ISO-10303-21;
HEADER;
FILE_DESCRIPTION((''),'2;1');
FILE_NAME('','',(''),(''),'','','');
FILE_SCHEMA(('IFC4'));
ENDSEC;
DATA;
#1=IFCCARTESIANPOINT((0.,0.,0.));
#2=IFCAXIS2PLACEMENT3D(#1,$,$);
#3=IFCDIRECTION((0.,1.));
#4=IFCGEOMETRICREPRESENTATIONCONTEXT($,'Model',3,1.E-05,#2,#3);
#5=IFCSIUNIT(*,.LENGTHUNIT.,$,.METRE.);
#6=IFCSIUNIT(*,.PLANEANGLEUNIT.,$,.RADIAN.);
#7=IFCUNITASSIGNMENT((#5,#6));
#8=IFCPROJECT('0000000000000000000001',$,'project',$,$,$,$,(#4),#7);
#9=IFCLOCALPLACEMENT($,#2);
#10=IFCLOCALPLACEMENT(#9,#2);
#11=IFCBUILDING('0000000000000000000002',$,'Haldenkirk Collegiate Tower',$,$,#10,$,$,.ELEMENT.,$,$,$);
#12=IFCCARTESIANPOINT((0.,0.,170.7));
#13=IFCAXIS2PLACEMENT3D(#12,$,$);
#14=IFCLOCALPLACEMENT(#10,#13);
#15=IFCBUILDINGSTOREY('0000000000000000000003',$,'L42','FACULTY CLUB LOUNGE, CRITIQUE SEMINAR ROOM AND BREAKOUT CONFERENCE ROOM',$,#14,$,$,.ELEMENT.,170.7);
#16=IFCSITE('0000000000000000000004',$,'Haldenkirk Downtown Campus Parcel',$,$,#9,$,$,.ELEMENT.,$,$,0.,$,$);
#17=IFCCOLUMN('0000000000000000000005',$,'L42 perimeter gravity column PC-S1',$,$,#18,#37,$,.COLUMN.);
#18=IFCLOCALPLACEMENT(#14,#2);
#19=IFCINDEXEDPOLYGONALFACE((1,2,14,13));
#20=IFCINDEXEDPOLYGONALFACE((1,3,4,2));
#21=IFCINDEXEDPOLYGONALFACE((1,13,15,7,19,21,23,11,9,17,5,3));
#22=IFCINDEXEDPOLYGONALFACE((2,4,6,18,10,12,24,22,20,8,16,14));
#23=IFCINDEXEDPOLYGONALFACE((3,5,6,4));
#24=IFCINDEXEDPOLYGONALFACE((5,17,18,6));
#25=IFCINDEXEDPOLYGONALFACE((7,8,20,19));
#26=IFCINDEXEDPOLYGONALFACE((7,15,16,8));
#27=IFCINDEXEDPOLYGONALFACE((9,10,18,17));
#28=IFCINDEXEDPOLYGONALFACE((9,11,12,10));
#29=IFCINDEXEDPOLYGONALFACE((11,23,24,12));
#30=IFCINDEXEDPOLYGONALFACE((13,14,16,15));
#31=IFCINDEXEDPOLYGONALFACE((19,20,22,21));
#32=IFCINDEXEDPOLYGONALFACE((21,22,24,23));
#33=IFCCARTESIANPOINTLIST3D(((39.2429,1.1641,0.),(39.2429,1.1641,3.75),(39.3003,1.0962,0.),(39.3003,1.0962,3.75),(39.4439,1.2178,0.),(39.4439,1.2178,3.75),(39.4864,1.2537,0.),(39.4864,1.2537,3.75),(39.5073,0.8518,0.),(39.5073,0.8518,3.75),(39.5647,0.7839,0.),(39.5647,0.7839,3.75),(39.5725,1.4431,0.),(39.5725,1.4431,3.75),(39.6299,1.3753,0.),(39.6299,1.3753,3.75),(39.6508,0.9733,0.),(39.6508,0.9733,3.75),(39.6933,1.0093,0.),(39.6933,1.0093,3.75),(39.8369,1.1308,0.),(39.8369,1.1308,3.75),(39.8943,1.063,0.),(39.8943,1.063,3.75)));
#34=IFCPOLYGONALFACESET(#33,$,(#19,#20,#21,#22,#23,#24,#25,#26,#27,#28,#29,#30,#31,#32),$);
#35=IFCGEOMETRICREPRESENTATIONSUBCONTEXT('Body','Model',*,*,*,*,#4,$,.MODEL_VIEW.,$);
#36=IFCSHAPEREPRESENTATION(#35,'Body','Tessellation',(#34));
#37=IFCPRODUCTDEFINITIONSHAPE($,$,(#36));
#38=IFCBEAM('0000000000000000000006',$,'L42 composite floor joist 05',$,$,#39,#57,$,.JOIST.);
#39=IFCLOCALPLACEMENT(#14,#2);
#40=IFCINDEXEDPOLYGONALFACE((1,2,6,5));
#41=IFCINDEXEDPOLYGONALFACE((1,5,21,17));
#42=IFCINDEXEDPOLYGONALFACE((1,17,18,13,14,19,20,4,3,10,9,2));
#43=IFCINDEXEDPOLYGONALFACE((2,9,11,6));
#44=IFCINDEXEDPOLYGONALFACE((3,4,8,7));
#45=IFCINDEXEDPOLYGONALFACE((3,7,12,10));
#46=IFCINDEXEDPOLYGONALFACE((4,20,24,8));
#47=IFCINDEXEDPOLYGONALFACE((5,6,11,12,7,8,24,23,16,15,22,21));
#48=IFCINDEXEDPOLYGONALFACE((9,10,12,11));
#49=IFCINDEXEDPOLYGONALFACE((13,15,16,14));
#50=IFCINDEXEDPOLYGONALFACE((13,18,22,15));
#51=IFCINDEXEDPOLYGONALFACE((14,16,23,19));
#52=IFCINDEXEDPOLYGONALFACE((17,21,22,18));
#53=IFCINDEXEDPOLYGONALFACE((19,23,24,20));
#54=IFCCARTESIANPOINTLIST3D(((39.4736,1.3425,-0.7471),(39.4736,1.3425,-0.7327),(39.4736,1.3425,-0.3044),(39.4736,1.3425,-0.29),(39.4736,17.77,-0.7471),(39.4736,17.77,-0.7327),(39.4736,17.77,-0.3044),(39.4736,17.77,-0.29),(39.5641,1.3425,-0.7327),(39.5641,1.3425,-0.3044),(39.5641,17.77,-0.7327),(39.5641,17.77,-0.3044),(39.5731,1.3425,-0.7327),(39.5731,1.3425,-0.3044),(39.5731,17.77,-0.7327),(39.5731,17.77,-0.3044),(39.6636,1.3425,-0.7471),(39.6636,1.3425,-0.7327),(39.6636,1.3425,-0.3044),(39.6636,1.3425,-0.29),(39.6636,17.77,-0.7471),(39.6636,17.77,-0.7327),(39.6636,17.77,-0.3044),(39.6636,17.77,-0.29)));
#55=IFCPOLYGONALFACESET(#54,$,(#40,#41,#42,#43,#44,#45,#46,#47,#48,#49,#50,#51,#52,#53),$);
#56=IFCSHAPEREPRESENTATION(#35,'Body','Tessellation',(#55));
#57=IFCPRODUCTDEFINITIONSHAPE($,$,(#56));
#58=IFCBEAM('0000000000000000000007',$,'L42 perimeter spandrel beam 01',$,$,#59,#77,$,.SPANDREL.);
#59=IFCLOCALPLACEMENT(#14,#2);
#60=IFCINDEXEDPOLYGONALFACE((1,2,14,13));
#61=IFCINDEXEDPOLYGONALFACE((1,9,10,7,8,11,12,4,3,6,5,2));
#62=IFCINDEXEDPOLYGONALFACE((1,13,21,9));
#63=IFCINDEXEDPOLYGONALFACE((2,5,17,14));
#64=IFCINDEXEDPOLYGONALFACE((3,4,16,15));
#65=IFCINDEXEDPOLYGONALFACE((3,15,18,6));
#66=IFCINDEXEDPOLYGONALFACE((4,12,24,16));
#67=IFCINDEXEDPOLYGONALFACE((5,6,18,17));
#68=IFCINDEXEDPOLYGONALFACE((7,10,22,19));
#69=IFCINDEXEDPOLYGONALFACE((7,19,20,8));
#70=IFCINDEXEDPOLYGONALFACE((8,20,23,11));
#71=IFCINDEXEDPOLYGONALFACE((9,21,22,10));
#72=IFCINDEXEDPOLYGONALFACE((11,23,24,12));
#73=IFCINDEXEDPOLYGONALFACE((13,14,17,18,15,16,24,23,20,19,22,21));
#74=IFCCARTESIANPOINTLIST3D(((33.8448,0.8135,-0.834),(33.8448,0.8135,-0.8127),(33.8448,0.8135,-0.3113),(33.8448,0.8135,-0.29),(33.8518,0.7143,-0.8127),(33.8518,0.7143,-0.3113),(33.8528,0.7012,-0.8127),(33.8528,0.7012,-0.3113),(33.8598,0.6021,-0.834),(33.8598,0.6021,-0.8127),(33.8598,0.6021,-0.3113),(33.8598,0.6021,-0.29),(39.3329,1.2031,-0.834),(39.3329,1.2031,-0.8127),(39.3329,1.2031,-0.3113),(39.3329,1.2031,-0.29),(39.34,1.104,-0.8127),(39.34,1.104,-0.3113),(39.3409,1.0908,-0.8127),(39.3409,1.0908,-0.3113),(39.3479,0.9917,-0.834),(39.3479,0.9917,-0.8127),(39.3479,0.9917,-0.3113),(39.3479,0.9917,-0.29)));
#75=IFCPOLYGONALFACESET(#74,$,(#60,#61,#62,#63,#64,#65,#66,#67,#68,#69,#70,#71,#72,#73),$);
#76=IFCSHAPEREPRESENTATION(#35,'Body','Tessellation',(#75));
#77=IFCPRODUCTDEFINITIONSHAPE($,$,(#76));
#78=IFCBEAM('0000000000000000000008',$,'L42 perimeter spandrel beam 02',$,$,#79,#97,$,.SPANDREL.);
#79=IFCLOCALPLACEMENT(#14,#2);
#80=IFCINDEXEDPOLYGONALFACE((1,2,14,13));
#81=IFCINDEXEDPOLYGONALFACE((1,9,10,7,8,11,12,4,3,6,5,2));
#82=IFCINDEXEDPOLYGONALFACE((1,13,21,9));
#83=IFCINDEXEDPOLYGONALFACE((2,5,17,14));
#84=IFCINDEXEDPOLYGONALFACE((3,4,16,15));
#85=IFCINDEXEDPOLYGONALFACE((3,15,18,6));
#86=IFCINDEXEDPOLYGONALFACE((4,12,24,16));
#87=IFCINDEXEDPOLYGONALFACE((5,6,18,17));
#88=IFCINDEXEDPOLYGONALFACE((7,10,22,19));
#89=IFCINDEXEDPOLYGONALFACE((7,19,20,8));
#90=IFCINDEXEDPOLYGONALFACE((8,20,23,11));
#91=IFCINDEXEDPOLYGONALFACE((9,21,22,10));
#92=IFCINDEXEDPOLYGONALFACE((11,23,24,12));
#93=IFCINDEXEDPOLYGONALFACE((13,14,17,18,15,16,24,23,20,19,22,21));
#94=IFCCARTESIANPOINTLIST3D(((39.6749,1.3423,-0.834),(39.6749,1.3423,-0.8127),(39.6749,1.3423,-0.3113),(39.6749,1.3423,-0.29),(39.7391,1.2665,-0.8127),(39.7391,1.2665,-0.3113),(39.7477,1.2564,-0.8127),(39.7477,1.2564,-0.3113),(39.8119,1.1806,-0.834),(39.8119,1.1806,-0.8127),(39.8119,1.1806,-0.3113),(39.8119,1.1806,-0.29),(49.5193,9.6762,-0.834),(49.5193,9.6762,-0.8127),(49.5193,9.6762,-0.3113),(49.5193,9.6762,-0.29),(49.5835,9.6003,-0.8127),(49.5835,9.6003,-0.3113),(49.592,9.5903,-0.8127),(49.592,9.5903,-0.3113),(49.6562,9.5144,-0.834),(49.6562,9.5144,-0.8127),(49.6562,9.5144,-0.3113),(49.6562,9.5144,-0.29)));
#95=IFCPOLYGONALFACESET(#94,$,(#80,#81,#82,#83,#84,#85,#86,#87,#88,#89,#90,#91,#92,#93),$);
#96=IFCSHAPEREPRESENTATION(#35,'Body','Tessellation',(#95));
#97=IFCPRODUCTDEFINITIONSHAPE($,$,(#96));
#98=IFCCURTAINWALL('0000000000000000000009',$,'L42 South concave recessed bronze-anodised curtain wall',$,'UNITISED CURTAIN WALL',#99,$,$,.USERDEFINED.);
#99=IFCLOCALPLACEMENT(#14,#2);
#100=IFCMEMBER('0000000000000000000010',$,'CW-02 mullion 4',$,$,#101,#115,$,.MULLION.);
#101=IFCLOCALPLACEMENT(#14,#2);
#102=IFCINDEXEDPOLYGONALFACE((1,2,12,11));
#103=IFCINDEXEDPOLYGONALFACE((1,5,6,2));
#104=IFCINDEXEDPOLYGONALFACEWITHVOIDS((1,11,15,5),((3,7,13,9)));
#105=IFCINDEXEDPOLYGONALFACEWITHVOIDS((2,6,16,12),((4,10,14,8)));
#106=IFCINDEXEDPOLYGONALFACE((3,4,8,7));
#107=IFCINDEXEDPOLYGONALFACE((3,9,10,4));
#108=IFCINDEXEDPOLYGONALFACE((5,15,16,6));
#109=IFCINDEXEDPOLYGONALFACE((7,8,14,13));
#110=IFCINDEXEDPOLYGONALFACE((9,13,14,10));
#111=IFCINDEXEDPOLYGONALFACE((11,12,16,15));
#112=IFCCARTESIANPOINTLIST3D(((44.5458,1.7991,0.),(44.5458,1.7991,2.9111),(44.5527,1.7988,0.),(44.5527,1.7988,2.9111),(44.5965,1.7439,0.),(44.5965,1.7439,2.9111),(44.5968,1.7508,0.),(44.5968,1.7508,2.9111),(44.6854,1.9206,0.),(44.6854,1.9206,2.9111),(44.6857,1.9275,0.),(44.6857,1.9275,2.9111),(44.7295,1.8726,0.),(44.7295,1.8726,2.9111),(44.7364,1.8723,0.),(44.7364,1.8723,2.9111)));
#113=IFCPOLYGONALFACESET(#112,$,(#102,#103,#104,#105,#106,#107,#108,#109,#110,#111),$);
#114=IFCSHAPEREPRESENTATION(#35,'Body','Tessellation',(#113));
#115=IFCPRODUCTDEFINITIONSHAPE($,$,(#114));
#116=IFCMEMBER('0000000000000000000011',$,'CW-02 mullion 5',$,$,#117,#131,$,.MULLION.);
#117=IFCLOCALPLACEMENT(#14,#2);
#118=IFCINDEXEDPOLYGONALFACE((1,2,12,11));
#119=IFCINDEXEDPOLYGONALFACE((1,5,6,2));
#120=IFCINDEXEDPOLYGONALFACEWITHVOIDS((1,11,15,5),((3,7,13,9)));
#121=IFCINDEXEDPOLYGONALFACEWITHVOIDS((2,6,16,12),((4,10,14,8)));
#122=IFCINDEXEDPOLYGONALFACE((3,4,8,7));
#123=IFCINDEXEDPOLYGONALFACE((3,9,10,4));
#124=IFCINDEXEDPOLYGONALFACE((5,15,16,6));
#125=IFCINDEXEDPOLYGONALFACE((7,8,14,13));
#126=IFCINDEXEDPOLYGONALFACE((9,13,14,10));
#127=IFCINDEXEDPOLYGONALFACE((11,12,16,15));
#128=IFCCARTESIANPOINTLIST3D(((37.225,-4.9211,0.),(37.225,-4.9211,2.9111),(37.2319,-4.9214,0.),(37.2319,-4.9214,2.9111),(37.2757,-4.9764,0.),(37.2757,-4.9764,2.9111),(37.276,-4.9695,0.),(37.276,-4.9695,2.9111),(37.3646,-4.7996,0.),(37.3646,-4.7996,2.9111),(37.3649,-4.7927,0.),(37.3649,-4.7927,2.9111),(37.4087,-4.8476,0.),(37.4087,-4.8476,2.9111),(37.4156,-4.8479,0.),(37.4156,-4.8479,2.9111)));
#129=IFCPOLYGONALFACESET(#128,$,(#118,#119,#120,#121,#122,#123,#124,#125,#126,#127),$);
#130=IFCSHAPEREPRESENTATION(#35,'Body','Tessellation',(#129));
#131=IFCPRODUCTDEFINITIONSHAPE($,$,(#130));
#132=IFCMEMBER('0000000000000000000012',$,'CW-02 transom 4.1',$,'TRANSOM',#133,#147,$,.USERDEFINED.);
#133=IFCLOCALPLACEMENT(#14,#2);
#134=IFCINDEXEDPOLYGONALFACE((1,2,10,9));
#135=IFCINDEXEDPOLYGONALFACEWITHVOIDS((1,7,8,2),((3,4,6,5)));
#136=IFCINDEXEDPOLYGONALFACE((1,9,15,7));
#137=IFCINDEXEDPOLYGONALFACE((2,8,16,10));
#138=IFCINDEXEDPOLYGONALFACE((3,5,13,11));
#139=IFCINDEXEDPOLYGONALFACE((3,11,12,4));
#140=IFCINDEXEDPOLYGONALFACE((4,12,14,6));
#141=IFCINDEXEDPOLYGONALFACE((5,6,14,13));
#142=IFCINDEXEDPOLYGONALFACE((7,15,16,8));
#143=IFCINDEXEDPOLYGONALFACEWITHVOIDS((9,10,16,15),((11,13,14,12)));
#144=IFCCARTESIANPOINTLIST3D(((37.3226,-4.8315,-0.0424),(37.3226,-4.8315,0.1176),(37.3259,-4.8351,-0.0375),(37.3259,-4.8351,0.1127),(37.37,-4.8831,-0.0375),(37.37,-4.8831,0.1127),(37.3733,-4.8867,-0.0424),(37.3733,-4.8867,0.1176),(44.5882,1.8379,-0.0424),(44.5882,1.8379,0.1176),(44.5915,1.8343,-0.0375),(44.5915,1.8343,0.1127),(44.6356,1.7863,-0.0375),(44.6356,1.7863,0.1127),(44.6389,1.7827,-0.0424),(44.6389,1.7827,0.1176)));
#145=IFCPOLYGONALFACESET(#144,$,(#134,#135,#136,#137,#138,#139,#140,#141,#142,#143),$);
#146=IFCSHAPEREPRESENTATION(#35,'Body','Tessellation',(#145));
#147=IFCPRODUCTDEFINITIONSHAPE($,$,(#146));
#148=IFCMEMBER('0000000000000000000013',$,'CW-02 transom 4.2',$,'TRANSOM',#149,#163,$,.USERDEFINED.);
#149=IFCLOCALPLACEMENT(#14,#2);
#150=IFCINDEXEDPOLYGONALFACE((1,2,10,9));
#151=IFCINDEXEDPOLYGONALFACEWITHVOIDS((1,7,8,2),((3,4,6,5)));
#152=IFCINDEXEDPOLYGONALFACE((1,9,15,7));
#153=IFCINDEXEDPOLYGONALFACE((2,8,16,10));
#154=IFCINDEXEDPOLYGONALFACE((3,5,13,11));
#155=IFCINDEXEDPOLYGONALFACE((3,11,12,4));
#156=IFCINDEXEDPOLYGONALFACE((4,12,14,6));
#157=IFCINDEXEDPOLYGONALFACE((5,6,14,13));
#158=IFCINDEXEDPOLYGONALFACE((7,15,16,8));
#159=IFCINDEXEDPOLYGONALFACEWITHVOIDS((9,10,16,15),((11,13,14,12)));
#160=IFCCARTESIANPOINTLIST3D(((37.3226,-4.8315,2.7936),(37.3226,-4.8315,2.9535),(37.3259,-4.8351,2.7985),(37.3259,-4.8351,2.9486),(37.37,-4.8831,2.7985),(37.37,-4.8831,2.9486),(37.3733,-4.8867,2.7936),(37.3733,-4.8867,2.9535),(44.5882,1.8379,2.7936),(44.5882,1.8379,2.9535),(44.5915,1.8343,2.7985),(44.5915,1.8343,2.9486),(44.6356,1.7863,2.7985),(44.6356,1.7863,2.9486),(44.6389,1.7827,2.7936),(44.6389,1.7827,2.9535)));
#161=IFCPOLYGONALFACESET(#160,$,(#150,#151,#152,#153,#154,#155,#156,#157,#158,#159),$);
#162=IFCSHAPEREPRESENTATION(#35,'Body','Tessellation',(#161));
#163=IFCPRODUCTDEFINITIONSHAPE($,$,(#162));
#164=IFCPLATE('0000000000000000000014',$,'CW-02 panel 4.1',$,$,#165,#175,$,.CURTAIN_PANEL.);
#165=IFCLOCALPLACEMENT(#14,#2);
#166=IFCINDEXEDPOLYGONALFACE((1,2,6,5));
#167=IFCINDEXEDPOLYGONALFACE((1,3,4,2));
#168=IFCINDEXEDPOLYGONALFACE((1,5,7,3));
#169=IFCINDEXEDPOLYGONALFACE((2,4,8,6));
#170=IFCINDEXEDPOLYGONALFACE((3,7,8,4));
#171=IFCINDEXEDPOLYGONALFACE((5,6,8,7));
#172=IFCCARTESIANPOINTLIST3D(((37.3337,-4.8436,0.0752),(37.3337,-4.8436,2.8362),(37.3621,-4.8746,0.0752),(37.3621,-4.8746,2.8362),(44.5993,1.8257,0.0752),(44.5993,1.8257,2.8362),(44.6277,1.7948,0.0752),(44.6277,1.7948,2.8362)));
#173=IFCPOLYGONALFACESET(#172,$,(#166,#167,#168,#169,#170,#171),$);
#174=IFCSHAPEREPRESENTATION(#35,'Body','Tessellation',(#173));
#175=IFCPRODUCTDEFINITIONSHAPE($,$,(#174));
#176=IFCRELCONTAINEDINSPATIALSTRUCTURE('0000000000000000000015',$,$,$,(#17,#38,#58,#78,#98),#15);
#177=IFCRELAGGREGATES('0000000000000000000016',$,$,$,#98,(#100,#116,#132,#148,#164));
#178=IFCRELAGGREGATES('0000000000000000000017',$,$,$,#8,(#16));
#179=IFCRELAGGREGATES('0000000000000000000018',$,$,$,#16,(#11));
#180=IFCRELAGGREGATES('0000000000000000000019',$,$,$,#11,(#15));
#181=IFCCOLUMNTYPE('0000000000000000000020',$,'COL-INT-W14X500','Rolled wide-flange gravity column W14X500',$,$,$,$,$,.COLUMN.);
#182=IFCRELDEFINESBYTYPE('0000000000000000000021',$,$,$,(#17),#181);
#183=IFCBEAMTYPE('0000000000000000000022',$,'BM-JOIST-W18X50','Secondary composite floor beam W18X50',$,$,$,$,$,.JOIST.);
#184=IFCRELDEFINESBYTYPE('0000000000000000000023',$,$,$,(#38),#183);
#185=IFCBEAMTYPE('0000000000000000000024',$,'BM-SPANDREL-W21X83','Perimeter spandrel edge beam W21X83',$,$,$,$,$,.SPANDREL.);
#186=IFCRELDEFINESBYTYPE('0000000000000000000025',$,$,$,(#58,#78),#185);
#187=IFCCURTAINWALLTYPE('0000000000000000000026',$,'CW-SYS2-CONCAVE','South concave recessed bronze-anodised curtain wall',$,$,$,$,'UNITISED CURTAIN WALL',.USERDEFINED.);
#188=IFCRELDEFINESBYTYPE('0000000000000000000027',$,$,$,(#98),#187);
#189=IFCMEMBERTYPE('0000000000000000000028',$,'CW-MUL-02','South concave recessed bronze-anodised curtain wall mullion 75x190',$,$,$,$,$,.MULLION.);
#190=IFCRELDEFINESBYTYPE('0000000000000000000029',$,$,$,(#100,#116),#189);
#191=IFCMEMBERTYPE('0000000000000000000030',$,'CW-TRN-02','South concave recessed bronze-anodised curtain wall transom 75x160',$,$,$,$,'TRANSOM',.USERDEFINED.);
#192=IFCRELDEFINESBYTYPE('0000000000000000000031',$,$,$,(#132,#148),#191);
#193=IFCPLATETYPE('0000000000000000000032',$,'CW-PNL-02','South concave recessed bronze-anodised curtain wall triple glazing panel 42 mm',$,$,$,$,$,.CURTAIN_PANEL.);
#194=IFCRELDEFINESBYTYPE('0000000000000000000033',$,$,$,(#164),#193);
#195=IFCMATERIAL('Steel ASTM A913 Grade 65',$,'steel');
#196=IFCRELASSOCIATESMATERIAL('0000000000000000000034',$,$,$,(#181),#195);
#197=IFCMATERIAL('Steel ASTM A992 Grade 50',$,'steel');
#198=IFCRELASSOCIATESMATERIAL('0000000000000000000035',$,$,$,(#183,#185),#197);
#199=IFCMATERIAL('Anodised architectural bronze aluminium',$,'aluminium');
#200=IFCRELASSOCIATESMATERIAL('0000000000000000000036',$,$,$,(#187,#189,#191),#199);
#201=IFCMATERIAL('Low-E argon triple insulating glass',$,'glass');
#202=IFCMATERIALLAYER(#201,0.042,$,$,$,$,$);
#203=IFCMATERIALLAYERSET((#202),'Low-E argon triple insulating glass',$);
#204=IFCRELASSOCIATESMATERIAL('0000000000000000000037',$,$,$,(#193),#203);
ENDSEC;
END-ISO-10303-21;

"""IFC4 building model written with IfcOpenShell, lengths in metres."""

from ifc_helpers import new_model, si_unit, direction, frame, origin, origin_2d, place, context, subcontext, project, spatial, rectangle, hollow_rectangle, i_section, extrude, source, transform, mapped, material, layer, layer_set, material_profile, profile_set, type_object, element, aggregate, save


model = new_model("IFC4")

# Units and contexts
model_context = context("Model", 3, precision=1e-05, world=origin(), true_north=direction((0.0, 1.0)))
body_context = subcontext(model_context, "Body", "Model", "MODEL_VIEW")
ifc_project = project(units=[si_unit("LENGTHUNIT", "METRE"), si_unit("PLANEANGLEUNIT", "RADIAN")], contexts=[model_context])

# Site, building, storey
site_placement = place(None, origin())
site = spatial("IfcSite", under=ifc_project, at=site_placement, Name="Haldenkirk Downtown Campus Parcel", CompositionType="ELEMENT", RefElevation=0.0)
building_placement = place(site_placement, origin())
building = spatial("IfcBuilding", under=site, at=building_placement, Name="Haldenkirk Collegiate Tower", CompositionType="ELEMENT")
storey_placement = place(building_placement, frame((0.0, 0.0, 170.7)))
storey = spatial("IfcBuildingStorey", under=building, at=storey_placement, Name="L42", Description="FACULTY CLUB LOUNGE, CRITIQUE SEMINAR ROOM AND BREAKOUT CONFERENCE ROOM", CompositionType="ELEMENT", Elevation=170.7)

# Column
ifc_material_1 = material(Name="Steel ASTM A913 Grade 65", Category="steel")
ifc_material_profile_1 = material_profile(ifc_material_1, i_section(OverallWidth=0.4319, OverallDepth=0.498, WebThickness=0.0557, FlangeThickness=0.0889, at=origin_2d()), Name="W14X500")
ifc_profile_set_1 = profile_set([ifc_material_profile_1], Name="Steel ASTM A913 Grade 65")
column_type = type_object("IfcColumnType", Name="COL-INT-W14X500", Description="Rolled wide-flange gravity column W14X500", PredefinedType="COLUMN", material=ifc_profile_set_1)
column_placement = place(storey_placement, frame((39.5686, 1.1135, 0.0), z_axis=(0.0, 0.0, 1.0), x_axis=(0.763232, 0.646124, 0.0)))
element("IfcColumn", 1, at=column_placement, inside=storey, type_object=column_type, Name="L42 perimeter gravity column PC-S1", PredefinedType="COLUMN", context=body_context, shape_type="SweptSolid", body=[
    extrude(i_section(OverallWidth=0.4319, OverallDepth=0.498, WebThickness=0.0557, FlangeThickness=0.0889, at=origin_2d()), origin(), (0.0, 0.0, 1.0), 3.75),
])

# Beams
ifc_material_2 = material(Name="Steel ASTM A992 Grade 50", Category="steel")
ifc_material_profile_2 = material_profile(ifc_material_2, i_section(OverallWidth=0.1899, OverallDepth=0.457, WebThickness=0.009, FlangeThickness=0.0144, at=origin_2d()), Name="W18X50")
ifc_profile_set_2 = profile_set([ifc_material_profile_2], Name="Steel ASTM A992 Grade 50")
beam_type_1 = type_object("IfcBeamType", Name="BM-JOIST-W18X50", Description="Secondary composite floor beam W18X50", PredefinedType="JOIST", material=ifc_profile_set_2)
beam_1_placement = place(storey_placement, frame((39.5686, 1.3425, -0.5186), z_axis=(0.0, 1.0, 0.0), x_axis=(-1.0, 0.0, 0.0)))
element("IfcBeam", 2, at=beam_1_placement, inside=storey, type_object=beam_type_1, Name="L42 composite floor joist 05", PredefinedType="JOIST", context=body_context, shape_type="SweptSolid", body=[
    extrude(i_section(OverallWidth=0.1899, OverallDepth=0.457, WebThickness=0.009, FlangeThickness=0.0144, at=origin_2d()), origin(), (0.0, 0.0, 1.0), 16.4275),
])
ifc_material_profile_3 = material_profile(ifc_material_2, i_section(OverallWidth=0.2119, OverallDepth=0.5439, WebThickness=0.0132, FlangeThickness=0.0212, at=origin_2d()), Name="W21X83")
ifc_profile_set_3 = profile_set([ifc_material_profile_3], Name="Steel ASTM A992 Grade 50")
beam_type_2 = type_object("IfcBeamType", Name="BM-SPANDREL-W21X83", Description="Perimeter spandrel edge beam W21X83", PredefinedType="SPANDREL", material=ifc_profile_set_3)
beam_2_placement = place(storey_placement, frame((33.8523, 0.7078, -0.562), z_axis=(0.997489, 0.070821, 0.0), x_axis=(-0.070821, 0.997489, 0.0)))
element("IfcBeam", 3, at=beam_2_placement, inside=storey, type_object=beam_type_2, Name="L42 perimeter spandrel beam 01", PredefinedType="SPANDREL", context=body_context, shape_type="SweptSolid", body=[
    extrude(i_section(OverallWidth=0.2119, OverallDepth=0.5439, WebThickness=0.0132, FlangeThickness=0.0212, at=origin_2d()), origin(), (0.0, 0.0, 1.0), 5.502),
])
beam_3_placement = place(storey_placement, frame((39.7434, 1.2615, -0.562), z_axis=(0.763233, 0.646123, 0.0), x_axis=(-0.646123, 0.763233, 0.0)))
element("IfcBeam", 4, at=beam_3_placement, inside=storey, type_object=beam_type_2, Name="L42 perimeter spandrel beam 02", PredefinedType="SPANDREL", context=body_context, shape_type="SweptSolid", body=[
    extrude(i_section(OverallWidth=0.2119, OverallDepth=0.5439, WebThickness=0.0132, FlangeThickness=0.0212, at=origin_2d()), origin(), (0.0, 0.0, 1.0), 12.8982),
])

# Curtain wall, members, plate
ifc_material_3 = material(Name="Anodised architectural bronze aluminium", Category="aluminium")
curtain_wall_type = type_object("IfcCurtainWallType", Name="CW-SYS2-CONCAVE", Description="South concave recessed bronze-anodised curtain wall", ElementType="UNITISED CURTAIN WALL", PredefinedType="USERDEFINED", material=ifc_material_3)
curtain_wall_placement = place(storey_placement, origin())
curtain_wall = element("IfcCurtainWall", 5, at=curtain_wall_placement, inside=storey, type_object=curtain_wall_type, Name="L42 South concave recessed bronze-anodised curtain wall", ObjectType="UNITISED CURTAIN WALL", PredefinedType="USERDEFINED")
ifc_material_profile_4 = material_profile(ifc_material_3, hollow_rectangle(XDim=0.075, YDim=0.1899, WallThickness=0.0049, at=origin_2d()), Name="CW-MUL-02")
ifc_profile_set_4 = profile_set([ifc_material_profile_4], Name="Anodised architectural bronze aluminium")
member_type_1 = type_object("IfcMemberType", Name="CW-MUL-02", Description="South concave recessed bronze-anodised curtain wall mullion 75x190", PredefinedType="MULLION", material=ifc_profile_set_4)
member_1_placement = place(storey_placement, frame((44.6411, 1.8357, 0.0), z_axis=(0.0, 0.0, 1.0), x_axis=(0.676232, -0.736688, 0.0)))
member_1 = element("IfcMember", 6, at=member_1_placement, type_object=member_type_1, Name="CW-02 mullion 4", PredefinedType="MULLION", context=body_context, shape_type="SweptSolid", body=[
    extrude(hollow_rectangle(XDim=0.075, YDim=0.1899, WallThickness=0.0049, at=origin_2d()), origin(), (0.0, 0.0, 1.0), 2.9111),
])
member_2_placement = place(storey_placement, frame((37.3203, -4.8845, 0.0), z_axis=(0.0, 0.0, 1.0), x_axis=(0.676232, -0.736688, 0.0)))
member_2 = element("IfcMember", 7, at=member_2_placement, type_object=member_type_1, Name="CW-02 mullion 5", PredefinedType="MULLION", context=body_context, shape_type="SweptSolid", body=[
    extrude(hollow_rectangle(XDim=0.075, YDim=0.1899, WallThickness=0.0049, at=origin_2d()), origin(), (0.0, 0.0, 1.0), 2.9111),
])
ifc_material_profile_5 = material_profile(ifc_material_3, hollow_rectangle(XDim=0.075, YDim=0.1599, WallThickness=0.0049, at=origin_2d()), Name="CW-TRN-02")
ifc_profile_set_5 = profile_set([ifc_material_profile_5], Name="Anodised architectural bronze aluminium")
member_type_2 = type_object("IfcMemberType", Name="CW-TRN-02", Description="South concave recessed bronze-anodised curtain wall transom 75x160", ElementType="TRANSOM", PredefinedType="USERDEFINED", material=ifc_profile_set_5)
member_3_placement = place(storey_placement, frame((44.6135, 1.8103, 0.0376), z_axis=(-0.736685, -0.676236, 0.0), x_axis=(0.676236, -0.736685, 0.0)))
member_3 = element("IfcMember", 8, at=member_3_placement, type_object=member_type_2, Name="CW-02 transom 4.1", ObjectType="TRANSOM", PredefinedType="USERDEFINED", context=body_context, shape_type="SweptSolid", body=[
    extrude(hollow_rectangle(XDim=0.075, YDim=0.1599, WallThickness=0.0049, at=origin_2d()), origin(), (0.0, 0.0, 1.0), 9.8625),
])
member_4_placement = place(storey_placement, frame((44.6135, 1.8103, 2.8735), z_axis=(-0.736685, -0.676236, 0.0), x_axis=(0.676236, -0.736685, 0.0)))
member_4 = element("IfcMember", 9, at=member_4_placement, type_object=member_type_2, Name="CW-02 transom 4.2", ObjectType="TRANSOM", PredefinedType="USERDEFINED", context=body_context, shape_type="SweptSolid", body=[
    extrude(hollow_rectangle(XDim=0.075, YDim=0.1599, WallThickness=0.0049, at=origin_2d()), origin(), (0.0, 0.0, 1.0), 9.8625),
])
ifc_material_4 = material(Name="Low-E argon triple insulating glass", Category="glass")
ifc_layer_1 = layer(ifc_material_4, 0.042)
ifc_layer_set_1 = layer_set([ifc_layer_1], Name="Low-E argon triple insulating glass")
plate_type = type_object("IfcPlateType", Name="CW-PNL-02", Description="South concave recessed bronze-anodised curtain wall triple glazing panel 42 mm", PredefinedType="CURTAIN_PANEL", material=ifc_layer_set_1)
shared_shape_1 = source(origin(), body_context, "Body", "SweptSolid", [
    extrude(rectangle(XDim=9.8625, YDim=0.042, at=origin_2d()), origin(), (0.0, 0.0, 1.0), 2.761),
])
plate_placement = place(storey_placement, frame((40.9807, -1.5244, 0.0752), z_axis=(0.0, 0.0, 1.0), x_axis=(-0.736688, -0.676232, 0.0)))
plate = element("IfcPlate", 10, at=plate_placement, type_object=plate_type, Name="CW-02 panel 4.1", PredefinedType="CURTAIN_PANEL", context=body_context, shape_type="MappedRepresentation", body=[
    mapped(shared_shape_1, transform((0.0, 0.0, 0.0), x_axis=(1.0, 0.0, 0.0), y_axis=(0.0, 1.0, 0.0), z_axis=(0.0, 0.0, 1.0), scale=1.0)),
])
aggregate(curtain_wall, [member_1, member_2, member_3, member_4, plate])

save(model, "model.ifc")
